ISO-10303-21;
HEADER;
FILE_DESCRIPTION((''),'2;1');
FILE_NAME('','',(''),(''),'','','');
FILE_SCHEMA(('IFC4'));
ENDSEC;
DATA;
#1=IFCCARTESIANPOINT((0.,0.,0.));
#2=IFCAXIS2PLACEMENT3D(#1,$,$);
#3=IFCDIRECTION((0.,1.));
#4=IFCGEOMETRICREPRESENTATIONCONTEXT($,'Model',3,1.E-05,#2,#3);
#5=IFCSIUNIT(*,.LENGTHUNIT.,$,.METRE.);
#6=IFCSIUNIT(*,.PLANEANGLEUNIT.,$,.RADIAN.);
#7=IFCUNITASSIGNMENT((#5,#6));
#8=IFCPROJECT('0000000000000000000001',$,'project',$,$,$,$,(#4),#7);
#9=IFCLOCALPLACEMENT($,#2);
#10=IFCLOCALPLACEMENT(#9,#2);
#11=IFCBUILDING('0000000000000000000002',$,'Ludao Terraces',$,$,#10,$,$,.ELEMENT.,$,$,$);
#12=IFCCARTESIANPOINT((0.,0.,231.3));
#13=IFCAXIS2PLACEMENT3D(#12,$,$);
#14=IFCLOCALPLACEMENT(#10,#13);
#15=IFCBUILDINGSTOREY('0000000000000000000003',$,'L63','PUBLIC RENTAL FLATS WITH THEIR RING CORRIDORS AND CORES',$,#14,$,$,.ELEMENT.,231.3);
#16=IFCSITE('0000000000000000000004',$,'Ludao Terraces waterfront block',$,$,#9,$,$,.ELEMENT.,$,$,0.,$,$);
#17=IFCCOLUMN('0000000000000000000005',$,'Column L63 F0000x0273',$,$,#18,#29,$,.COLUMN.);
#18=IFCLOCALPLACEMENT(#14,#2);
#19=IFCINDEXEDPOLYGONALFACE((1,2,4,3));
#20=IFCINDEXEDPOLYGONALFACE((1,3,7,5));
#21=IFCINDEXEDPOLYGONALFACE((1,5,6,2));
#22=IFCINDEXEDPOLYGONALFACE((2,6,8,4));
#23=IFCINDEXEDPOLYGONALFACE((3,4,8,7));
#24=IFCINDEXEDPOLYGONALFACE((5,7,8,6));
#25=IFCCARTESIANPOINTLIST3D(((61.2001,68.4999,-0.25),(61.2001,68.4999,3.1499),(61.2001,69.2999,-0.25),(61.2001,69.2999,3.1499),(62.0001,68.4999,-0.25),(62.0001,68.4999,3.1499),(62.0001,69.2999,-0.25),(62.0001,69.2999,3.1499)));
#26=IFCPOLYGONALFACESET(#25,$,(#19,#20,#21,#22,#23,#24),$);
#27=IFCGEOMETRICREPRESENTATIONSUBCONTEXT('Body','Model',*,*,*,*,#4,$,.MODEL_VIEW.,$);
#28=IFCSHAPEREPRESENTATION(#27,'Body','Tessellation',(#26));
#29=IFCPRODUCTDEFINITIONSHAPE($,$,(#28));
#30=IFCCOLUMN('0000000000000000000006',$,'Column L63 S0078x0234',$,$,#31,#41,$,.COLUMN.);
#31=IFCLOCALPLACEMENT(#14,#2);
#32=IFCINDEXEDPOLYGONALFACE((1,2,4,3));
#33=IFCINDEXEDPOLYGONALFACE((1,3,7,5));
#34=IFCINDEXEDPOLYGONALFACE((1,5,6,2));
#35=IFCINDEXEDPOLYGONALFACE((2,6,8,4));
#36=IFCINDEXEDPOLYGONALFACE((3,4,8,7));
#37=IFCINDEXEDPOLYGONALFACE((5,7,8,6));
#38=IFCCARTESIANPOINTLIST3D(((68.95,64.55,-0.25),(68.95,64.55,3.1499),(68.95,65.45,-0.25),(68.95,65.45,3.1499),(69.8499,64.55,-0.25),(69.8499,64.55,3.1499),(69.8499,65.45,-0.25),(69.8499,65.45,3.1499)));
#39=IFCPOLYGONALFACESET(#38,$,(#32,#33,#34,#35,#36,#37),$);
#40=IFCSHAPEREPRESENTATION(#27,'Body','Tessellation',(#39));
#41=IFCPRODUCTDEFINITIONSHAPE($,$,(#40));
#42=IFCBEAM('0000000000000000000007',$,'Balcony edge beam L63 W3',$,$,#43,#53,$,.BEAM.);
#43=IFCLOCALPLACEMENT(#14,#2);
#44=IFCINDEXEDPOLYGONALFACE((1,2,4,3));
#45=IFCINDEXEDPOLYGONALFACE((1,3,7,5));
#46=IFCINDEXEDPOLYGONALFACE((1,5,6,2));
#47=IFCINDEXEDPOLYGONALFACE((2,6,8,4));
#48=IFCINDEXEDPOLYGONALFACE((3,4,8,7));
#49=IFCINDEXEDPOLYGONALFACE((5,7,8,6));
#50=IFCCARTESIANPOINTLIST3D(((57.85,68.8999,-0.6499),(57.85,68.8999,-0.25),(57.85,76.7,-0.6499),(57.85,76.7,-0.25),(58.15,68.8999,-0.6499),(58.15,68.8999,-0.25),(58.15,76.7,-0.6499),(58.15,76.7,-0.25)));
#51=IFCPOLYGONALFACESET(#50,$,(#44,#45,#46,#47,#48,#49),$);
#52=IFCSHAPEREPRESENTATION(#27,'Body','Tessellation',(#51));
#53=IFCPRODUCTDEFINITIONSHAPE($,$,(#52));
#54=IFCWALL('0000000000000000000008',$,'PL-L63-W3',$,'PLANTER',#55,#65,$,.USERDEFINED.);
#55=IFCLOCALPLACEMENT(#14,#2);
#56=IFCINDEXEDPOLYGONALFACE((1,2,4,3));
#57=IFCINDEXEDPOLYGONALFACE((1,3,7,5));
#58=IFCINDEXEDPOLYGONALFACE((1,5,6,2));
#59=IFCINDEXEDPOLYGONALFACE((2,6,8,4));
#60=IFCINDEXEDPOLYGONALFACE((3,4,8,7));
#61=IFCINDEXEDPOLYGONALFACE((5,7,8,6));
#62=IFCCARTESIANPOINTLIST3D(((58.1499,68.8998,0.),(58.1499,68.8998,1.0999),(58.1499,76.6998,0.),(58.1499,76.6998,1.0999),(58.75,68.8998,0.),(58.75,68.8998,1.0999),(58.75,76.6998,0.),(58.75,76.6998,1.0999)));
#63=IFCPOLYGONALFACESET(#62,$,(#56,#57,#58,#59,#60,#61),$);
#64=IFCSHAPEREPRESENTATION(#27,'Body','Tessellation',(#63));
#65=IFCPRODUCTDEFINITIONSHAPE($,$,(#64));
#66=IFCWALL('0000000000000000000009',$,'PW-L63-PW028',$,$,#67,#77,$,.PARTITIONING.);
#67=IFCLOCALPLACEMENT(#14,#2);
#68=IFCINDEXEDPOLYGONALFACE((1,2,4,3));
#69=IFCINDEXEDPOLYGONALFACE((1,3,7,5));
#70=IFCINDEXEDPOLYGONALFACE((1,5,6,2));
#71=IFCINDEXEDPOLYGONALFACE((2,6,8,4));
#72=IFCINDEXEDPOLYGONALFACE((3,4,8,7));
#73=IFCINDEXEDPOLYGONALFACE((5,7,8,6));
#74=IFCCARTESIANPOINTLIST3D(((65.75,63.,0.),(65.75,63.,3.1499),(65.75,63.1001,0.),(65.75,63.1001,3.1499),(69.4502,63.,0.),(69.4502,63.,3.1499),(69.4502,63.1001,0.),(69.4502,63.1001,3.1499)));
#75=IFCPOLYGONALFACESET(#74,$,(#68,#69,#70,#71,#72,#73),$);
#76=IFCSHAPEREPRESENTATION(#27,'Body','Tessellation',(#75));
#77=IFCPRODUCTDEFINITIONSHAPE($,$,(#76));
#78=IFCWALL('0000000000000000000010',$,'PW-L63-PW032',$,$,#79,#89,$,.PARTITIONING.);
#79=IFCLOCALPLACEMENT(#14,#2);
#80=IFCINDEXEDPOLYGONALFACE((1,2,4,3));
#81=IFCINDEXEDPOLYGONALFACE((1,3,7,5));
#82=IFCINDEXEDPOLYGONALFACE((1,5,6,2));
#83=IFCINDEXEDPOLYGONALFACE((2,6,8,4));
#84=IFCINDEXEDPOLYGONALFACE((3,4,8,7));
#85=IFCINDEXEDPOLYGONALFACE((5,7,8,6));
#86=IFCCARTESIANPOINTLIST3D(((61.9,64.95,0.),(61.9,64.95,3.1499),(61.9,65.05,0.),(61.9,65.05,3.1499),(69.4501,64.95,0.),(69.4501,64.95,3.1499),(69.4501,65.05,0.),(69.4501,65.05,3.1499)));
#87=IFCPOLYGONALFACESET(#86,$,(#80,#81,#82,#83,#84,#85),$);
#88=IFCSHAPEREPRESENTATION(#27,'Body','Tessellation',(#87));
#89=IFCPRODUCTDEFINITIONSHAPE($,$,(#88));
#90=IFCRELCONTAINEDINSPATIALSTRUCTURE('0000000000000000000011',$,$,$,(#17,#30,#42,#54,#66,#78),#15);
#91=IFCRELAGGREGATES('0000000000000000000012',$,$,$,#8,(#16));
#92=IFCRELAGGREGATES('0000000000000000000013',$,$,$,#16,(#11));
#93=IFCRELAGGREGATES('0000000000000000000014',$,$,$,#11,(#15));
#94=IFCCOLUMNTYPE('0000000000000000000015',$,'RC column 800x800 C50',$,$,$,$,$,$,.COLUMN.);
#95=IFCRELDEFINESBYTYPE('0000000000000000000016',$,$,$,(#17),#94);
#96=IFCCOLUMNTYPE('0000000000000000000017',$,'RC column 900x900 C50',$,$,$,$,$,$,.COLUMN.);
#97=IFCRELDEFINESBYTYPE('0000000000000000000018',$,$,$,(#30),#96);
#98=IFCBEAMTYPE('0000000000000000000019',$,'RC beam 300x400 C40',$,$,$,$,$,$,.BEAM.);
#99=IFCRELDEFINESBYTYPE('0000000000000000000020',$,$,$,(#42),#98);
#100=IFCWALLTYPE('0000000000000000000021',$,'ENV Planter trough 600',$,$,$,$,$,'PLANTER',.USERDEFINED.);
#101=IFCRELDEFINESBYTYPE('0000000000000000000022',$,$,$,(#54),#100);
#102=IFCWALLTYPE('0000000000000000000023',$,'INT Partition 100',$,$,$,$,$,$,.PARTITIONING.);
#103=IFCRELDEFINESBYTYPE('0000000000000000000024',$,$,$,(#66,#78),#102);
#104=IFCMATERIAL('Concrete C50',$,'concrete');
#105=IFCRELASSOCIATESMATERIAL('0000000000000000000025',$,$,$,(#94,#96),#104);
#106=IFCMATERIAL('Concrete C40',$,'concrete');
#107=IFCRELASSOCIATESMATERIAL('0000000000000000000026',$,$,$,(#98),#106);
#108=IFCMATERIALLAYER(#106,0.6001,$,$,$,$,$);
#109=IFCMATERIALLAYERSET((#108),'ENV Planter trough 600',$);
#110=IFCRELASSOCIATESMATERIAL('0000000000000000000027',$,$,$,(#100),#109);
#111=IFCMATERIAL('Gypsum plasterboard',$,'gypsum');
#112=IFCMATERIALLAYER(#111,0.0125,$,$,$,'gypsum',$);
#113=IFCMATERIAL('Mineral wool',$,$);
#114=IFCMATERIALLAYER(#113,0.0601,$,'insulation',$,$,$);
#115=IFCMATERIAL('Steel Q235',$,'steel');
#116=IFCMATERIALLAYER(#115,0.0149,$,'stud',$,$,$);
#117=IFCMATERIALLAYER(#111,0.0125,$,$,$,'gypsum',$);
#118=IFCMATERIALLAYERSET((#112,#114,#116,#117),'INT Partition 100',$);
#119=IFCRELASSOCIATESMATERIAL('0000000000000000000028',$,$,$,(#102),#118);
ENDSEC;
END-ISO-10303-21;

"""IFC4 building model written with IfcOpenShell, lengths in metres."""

from ifc_helpers import new_model, si_unit, direction, frame, frame_2d, origin, origin_2d, place, context, subcontext, project, spatial, rectangle, extrude, material, layer, layer_set, material_profile, profile_set, type_object, element, save


model = new_model("IFC4")

# Units and contexts
model_context = context("Model", 3, precision=1e-05, world=origin(), true_north=direction((0.0, 1.0)))
body_context = subcontext(model_context, "Body", "Model", "MODEL_VIEW")
ifc_project = project(units=[si_unit("LENGTHUNIT", "METRE"), si_unit("PLANEANGLEUNIT", "RADIAN")], contexts=[model_context])

# Site, building, storey
site_placement = place(None, origin())
site = spatial("IfcSite", under=ifc_project, at=site_placement, Name="Ludao Terraces waterfront block", CompositionType="ELEMENT", RefElevation=0.0)
building_placement = place(site_placement, origin())
building = spatial("IfcBuilding", under=site, at=building_placement, Name="Ludao Terraces", CompositionType="ELEMENT")
storey_placement = place(building_placement, frame((0.0, 0.0, 231.3)))
storey = spatial("IfcBuildingStorey", under=building, at=storey_placement, Name="L63", Description="PUBLIC RENTAL FLATS WITH THEIR RING CORRIDORS AND CORES", CompositionType="ELEMENT", Elevation=231.3)

# Columns
ifc_material_1 = material(Name="Concrete C50", Category="concrete")
ifc_material_profile_1 = material_profile(ifc_material_1, rectangle(XDim=0.8, YDim=0.8, at=origin_2d()), Name="800 X 800")
ifc_profile_set_1 = profile_set([ifc_material_profile_1], Name="Concrete C50")
column_type_1 = type_object("IfcColumnType", Name="RC column 800x800 C50", PredefinedType="COLUMN", material=ifc_profile_set_1)
column_1_placement = place(storey_placement, frame((61.6001, 68.8999, -0.25), z_axis=(0.0, 0.0, 1.0), x_axis=(1.0, 0.0, 0.0)))
element("IfcColumn", 1, at=column_1_placement, inside=storey, type_object=column_type_1, Name="Column L63 F0000x0273", PredefinedType="COLUMN", context=body_context, shape_type="SweptSolid", body=[
    extrude(rectangle(XDim=0.8, YDim=0.8, at=origin_2d()), origin(), (0.0, 0.0, 1.0), 3.3999),
])
ifc_material_profile_2 = material_profile(ifc_material_1, rectangle(XDim=0.8999, YDim=0.8999, at=origin_2d()), Name="900 X 900")
ifc_profile_set_2 = profile_set([ifc_material_profile_2], Name="Concrete C50")
column_type_2 = type_object("IfcColumnType", Name="RC column 900x900 C50", PredefinedType="COLUMN", material=ifc_profile_set_2)
column_2_placement = place(storey_placement, frame((69.3999, 65.0, -0.25), z_axis=(0.0, 0.0, 1.0), x_axis=(1.0, 0.0, 0.0)))
element("IfcColumn", 2, at=column_2_placement, inside=storey, type_object=column_type_2, Name="Column L63 S0078x0234", PredefinedType="COLUMN", context=body_context, shape_type="SweptSolid", body=[
    extrude(rectangle(XDim=0.8999, YDim=0.8999, at=origin_2d()), origin(), (0.0, 0.0, 1.0), 3.3999),
])

# Beam
ifc_material_2 = material(Name="Concrete C40", Category="concrete")
ifc_material_profile_3 = material_profile(ifc_material_2, rectangle(XDim=0.3, YDim=0.3999, at=origin_2d()), Name="300 X 400")
ifc_profile_set_3 = profile_set([ifc_material_profile_3], Name="Concrete C40")
beam_type = type_object("IfcBeamType", Name="RC beam 300x400 C40", PredefinedType="BEAM", material=ifc_profile_set_3)
beam_placement = place(storey_placement, frame((58.0, 68.8999, -0.45), z_axis=(0.0, 1.0, 0.0), x_axis=(-1.0, 0.0, 0.0)))
element("IfcBeam", 3, at=beam_placement, inside=storey, type_object=beam_type, Name="Balcony edge beam L63 W3", PredefinedType="BEAM", context=body_context, shape_type="SweptSolid", body=[
    extrude(rectangle(XDim=0.3, YDim=0.3999, at=origin_2d()), origin(), (0.0, 0.0, 1.0), 7.8),
])

# Wall
ifc_layer_1 = layer(ifc_material_2, 0.6001)
ifc_layer_set_1 = layer_set([ifc_layer_1], Name="ENV Planter trough 600")
wall_type_1 = type_object("IfcWallType", Name="ENV Planter trough 600", ElementType="PLANTER", PredefinedType="USERDEFINED", material=ifc_layer_set_1)
wall_1_placement = place(storey_placement, frame((58.45, 68.8999, 0.0), z_axis=(0.0, 0.0, 1.0), x_axis=(0.0, 1.0, 0.0)))
element("IfcWall", 4, at=wall_1_placement, inside=storey, type_object=wall_type_1, Name="PL-L63-W3", ObjectType="PLANTER", PredefinedType="USERDEFINED", context=body_context, shape_type="SweptSolid", body=[
    extrude(rectangle(XDim=7.8, YDim=0.6001, at=frame_2d((3.8999, 0.0))), origin(), (0.0, 0.0, 1.0), 1.0999),
])

# Shared definitions
ifc_material_3 = material(Name="Mineral wool")

# Walls
ifc_material_4 = material(Name="Gypsum plasterboard", Category="gypsum")
ifc_layer_2 = layer(ifc_material_4, 0.0125, Category="gypsum")
ifc_layer_3 = layer(ifc_material_3, 0.0601, Name="insulation")
ifc_material_5 = material(Name="Steel Q235", Category="steel")
ifc_layer_4 = layer(ifc_material_5, 0.0149, Name="stud")
ifc_layer_5 = layer(ifc_material_4, 0.0125, Category="gypsum")
ifc_layer_set_2 = layer_set([ifc_layer_2, ifc_layer_3, ifc_layer_4, ifc_layer_5], Name="INT Partition 100")
wall_type_2 = type_object("IfcWallType", Name="INT Partition 100", PredefinedType="PARTITIONING", material=ifc_layer_set_2)
wall_2_placement = place(storey_placement, frame((65.75, 63.05, 0.0), z_axis=(0.0, 0.0, 1.0), x_axis=(1.0, 0.0, 0.0)))
element("IfcWall", 5, at=wall_2_placement, inside=storey, type_object=wall_type_2, Name="PW-L63-PW028", PredefinedType="PARTITIONING", context=body_context, shape_type="SweptSolid", body=[
    extrude(rectangle(XDim=3.7002, YDim=0.1001, at=frame_2d((1.8501, 0.0))), origin(), (0.0, 0.0, 1.0), 3.1499),
])
wall_3_placement = place(storey_placement, frame((61.9001, 65.0, 0.0), z_axis=(0.0, 0.0, 1.0), x_axis=(1.0, 0.0, 0.0)))
element("IfcWall", 6, at=wall_3_placement, inside=storey, type_object=wall_type_2, Name="PW-L63-PW032", PredefinedType="PARTITIONING", context=body_context, shape_type="SweptSolid", body=[
    extrude(rectangle(XDim=7.55, YDim=0.1001, at=frame_2d((3.7749, 0.0))), origin(), (0.0, 0.0, 1.0), 3.1499),
])

save(model, "model.ifc")
